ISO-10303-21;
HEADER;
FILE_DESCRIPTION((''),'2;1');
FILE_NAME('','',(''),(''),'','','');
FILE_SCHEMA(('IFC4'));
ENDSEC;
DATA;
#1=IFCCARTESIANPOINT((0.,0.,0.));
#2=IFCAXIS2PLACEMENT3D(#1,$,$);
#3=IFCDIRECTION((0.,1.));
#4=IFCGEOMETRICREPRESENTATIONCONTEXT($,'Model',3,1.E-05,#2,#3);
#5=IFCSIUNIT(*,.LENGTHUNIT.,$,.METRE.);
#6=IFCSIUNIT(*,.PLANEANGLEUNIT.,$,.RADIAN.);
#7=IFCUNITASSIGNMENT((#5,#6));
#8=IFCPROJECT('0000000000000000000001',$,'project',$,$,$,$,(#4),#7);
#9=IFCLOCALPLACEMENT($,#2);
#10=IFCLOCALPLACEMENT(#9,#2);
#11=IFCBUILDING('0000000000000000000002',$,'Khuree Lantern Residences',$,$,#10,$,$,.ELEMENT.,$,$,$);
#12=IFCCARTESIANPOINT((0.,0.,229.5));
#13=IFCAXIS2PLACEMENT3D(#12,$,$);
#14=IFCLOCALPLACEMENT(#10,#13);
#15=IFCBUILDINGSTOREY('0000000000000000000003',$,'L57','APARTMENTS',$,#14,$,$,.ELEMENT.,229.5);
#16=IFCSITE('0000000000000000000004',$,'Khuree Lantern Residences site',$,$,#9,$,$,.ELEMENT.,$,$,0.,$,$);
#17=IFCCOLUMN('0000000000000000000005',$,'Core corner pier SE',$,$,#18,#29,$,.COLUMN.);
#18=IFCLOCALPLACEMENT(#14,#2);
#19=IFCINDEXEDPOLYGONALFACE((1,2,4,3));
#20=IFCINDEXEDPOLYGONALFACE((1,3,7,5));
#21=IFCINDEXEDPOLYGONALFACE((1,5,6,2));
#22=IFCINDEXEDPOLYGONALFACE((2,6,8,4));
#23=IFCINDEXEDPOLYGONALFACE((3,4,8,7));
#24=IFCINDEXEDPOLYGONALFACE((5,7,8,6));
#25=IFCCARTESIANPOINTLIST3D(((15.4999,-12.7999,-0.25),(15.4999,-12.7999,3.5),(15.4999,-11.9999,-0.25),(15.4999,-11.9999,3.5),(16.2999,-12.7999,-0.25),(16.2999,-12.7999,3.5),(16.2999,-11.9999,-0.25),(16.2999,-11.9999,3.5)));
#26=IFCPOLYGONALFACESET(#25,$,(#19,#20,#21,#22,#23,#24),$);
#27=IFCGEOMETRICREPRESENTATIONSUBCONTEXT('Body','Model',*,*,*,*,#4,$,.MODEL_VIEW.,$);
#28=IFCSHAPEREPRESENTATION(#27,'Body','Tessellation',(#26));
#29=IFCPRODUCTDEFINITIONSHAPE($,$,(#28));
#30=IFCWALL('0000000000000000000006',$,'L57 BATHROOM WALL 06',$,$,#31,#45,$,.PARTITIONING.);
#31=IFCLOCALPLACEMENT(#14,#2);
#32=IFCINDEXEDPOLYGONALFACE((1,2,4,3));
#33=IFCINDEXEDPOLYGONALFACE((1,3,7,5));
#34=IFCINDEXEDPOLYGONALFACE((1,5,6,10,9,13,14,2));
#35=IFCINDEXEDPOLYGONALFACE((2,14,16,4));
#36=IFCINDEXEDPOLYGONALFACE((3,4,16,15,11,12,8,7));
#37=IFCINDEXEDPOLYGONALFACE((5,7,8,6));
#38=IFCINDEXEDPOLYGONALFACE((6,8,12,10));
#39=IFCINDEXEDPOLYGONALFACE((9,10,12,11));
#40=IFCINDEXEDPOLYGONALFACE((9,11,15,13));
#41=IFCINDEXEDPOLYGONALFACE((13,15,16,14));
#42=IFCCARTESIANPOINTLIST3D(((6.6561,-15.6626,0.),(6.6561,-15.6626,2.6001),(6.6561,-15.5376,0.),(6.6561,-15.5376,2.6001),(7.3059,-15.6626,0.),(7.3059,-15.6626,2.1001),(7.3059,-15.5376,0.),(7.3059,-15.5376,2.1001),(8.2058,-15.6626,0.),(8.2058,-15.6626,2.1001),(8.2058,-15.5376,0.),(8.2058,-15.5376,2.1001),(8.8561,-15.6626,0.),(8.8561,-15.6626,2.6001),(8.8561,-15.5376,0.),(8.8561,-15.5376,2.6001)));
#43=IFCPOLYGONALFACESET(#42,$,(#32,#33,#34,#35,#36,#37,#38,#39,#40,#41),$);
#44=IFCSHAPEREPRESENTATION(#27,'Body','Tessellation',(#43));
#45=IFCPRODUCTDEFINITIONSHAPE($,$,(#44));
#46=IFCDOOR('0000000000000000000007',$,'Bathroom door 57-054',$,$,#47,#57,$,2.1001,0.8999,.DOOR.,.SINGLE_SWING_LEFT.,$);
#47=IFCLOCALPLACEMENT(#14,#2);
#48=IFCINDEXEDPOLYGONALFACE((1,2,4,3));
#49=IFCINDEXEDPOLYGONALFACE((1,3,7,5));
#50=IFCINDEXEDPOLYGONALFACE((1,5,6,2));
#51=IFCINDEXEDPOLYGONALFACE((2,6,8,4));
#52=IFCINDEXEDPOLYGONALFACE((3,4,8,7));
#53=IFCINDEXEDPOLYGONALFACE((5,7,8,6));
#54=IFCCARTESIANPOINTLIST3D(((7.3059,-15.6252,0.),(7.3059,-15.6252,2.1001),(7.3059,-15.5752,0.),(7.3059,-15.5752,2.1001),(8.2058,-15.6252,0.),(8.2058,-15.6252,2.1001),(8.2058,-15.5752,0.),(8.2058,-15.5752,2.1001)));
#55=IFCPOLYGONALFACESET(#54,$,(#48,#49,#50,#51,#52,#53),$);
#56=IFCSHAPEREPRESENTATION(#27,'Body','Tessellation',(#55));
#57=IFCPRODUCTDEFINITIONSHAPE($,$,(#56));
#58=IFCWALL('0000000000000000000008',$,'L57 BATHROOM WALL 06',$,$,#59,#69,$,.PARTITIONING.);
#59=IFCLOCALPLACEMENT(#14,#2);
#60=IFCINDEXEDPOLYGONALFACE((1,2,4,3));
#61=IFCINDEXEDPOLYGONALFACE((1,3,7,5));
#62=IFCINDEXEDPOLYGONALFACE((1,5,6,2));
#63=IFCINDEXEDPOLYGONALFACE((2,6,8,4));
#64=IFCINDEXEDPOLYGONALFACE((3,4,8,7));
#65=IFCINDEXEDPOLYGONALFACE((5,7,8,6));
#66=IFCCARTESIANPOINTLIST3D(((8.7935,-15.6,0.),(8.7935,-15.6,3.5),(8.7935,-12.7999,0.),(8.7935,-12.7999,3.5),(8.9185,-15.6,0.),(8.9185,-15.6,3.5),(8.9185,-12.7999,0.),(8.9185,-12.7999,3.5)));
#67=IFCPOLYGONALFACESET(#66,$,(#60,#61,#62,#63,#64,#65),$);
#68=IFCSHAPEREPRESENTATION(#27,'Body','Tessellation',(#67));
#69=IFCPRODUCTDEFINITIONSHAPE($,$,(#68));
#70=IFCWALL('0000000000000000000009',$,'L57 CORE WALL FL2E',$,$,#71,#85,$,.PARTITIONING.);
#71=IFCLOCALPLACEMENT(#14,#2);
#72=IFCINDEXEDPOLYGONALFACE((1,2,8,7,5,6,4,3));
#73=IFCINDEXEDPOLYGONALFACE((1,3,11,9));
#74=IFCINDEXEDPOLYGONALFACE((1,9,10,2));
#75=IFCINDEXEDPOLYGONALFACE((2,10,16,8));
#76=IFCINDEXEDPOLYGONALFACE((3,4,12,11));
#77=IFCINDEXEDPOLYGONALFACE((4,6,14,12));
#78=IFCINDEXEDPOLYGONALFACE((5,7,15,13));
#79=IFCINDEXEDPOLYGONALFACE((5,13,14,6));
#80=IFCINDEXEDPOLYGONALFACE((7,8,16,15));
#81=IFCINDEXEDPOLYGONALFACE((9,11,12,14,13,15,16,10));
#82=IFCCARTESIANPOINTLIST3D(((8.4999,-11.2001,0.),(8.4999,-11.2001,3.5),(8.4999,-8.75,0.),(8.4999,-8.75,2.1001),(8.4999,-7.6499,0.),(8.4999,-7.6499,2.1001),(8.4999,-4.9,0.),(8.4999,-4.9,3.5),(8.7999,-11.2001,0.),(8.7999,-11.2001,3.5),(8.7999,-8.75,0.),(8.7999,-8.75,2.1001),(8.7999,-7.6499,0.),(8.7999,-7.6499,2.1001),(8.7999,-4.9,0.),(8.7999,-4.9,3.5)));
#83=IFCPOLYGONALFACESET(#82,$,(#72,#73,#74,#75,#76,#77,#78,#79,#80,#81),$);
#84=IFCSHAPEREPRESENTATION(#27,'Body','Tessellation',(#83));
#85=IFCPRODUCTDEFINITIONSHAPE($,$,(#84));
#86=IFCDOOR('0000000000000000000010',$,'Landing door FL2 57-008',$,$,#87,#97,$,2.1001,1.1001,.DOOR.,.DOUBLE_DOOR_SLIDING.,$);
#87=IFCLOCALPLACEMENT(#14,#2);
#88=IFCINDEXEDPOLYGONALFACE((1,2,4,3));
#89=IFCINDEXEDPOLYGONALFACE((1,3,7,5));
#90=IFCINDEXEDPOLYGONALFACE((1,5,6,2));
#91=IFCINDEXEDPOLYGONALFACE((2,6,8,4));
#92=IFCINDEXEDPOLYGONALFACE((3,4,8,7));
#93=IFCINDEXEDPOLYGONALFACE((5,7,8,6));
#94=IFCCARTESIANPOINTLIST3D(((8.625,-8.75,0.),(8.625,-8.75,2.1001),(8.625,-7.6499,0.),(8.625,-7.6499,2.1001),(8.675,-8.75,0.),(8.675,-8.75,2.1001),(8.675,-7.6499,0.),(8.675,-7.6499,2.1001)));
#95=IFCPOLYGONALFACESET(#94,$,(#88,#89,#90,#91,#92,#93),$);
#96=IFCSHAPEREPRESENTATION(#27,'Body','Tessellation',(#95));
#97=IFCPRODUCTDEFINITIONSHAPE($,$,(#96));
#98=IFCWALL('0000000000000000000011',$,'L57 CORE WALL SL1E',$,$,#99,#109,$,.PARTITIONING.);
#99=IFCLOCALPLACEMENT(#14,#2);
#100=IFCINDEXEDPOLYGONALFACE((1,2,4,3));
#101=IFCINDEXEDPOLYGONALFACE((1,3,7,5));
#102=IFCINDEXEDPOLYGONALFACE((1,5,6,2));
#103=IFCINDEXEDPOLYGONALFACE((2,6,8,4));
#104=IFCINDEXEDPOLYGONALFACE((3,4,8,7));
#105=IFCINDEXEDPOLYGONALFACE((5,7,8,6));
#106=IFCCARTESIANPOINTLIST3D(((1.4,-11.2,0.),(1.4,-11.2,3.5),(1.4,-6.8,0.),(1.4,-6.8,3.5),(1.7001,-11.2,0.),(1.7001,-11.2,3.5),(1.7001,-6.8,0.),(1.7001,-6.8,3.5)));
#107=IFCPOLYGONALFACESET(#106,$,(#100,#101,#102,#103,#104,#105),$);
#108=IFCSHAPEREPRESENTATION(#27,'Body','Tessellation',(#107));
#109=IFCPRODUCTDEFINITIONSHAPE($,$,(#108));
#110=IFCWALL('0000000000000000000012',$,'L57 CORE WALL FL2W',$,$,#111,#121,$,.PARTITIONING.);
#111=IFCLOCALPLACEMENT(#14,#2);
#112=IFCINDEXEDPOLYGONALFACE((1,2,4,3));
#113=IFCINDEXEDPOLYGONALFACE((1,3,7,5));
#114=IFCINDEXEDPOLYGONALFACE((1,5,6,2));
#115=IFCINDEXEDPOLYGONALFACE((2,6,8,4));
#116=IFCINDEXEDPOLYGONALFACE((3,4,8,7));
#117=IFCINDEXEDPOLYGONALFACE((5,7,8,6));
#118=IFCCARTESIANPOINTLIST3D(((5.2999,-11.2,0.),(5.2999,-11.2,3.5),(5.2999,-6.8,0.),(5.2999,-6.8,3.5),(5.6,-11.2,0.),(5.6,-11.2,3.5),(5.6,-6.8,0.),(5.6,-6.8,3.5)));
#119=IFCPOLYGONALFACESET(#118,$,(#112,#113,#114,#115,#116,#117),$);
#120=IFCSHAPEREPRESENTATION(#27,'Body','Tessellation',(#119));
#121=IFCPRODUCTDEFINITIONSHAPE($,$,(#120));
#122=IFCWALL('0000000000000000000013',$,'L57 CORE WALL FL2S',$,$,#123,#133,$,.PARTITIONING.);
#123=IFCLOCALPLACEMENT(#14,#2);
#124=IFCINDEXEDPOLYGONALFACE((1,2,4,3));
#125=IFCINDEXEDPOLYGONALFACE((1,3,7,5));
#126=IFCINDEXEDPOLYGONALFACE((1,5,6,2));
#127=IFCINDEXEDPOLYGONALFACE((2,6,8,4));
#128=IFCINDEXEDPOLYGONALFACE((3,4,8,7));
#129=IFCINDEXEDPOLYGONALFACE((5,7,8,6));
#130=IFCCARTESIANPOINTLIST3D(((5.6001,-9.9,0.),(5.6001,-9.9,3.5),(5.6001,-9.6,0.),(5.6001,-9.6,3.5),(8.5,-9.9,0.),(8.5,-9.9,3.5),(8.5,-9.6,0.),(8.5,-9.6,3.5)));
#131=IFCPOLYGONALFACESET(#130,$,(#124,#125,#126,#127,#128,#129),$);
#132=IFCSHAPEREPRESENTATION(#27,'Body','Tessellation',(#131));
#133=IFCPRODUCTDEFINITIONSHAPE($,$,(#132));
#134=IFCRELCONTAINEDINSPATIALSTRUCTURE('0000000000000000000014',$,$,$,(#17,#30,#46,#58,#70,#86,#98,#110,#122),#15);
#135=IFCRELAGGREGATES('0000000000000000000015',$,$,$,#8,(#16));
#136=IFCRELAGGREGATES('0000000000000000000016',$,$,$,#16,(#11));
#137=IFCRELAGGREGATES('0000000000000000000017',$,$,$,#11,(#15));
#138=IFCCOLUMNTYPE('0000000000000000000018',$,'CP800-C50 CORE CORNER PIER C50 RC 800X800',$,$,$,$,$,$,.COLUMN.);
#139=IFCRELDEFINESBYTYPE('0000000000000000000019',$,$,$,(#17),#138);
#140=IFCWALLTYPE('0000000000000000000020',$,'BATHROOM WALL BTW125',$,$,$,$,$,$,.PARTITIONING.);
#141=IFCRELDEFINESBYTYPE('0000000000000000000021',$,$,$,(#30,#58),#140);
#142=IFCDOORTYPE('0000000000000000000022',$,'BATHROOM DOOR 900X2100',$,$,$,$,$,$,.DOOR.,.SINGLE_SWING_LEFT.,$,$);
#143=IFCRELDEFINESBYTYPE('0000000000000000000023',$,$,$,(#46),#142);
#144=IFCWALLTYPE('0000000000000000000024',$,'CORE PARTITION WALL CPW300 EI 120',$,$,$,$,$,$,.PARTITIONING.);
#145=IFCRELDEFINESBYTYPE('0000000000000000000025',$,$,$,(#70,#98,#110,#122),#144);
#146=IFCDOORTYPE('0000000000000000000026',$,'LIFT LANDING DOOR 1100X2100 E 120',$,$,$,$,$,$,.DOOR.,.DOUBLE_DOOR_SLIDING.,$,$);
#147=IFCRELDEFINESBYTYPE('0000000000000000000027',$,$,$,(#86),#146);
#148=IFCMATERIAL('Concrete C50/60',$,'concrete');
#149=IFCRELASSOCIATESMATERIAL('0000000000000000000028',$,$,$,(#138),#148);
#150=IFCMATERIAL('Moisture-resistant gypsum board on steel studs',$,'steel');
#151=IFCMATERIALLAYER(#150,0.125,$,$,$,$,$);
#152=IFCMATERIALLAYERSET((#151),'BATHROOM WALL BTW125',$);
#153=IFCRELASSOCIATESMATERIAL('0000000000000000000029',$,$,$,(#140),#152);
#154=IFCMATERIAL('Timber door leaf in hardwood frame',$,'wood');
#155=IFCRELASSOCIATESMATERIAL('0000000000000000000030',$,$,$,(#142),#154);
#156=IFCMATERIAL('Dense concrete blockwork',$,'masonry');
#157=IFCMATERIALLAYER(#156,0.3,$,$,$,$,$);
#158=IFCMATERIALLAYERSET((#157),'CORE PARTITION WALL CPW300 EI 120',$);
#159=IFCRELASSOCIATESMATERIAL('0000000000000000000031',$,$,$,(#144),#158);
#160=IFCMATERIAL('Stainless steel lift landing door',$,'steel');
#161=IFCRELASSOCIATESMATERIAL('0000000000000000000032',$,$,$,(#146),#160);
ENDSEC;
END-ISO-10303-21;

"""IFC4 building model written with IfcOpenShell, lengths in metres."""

from ifc_helpers import new_model, si_unit, direction, frame, frame_2d, origin, origin_2d, place, context, subcontext, project, spatial, rectangle, extrude, material, layer, layer_set, material_profile, profile_set, type_object, element, fill, save


model = new_model("IFC4")

# Units and contexts
model_context = context("Model", 3, precision=1e-05, world=origin(), true_north=direction((0.0, 1.0)))
body_context = subcontext(model_context, "Body", "Model", "MODEL_VIEW")
ifc_project = project(units=[si_unit("LENGTHUNIT", "METRE"), si_unit("PLANEANGLEUNIT", "RADIAN")], contexts=[model_context])

# Site, building, storey
site_placement = place(None, origin())
site = spatial("IfcSite", under=ifc_project, at=site_placement, Name="Khuree Lantern Residences site", CompositionType="ELEMENT", RefElevation=0.0)
building_placement = place(site_placement, origin())
building = spatial("IfcBuilding", under=site, at=building_placement, Name="Khuree Lantern Residences", CompositionType="ELEMENT")
storey_placement = place(building_placement, frame((0.0, 0.0, 229.5)))
storey = spatial("IfcBuildingStorey", under=building, at=storey_placement, Name="L57", Description="APARTMENTS", CompositionType="ELEMENT", Elevation=229.5)

# Column
ifc_material_1 = material(Name="Concrete C50/60", Category="concrete")
ifc_material_profile = material_profile(ifc_material_1, rectangle(XDim=0.8, YDim=0.8, at=origin_2d()), Name="RC 800X800")
ifc_profile_set = profile_set([ifc_material_profile], Name="Concrete C50/60")
column_type = type_object("IfcColumnType", Name="CP800-C50 CORE CORNER PIER C50 RC 800X800", PredefinedType="COLUMN", material=ifc_profile_set)
column_placement = place(storey_placement, frame((15.8999, -12.3999, -0.25), z_axis=(0.0, 0.0, 1.0), x_axis=(1.0, 0.0, 0.0)))
element("IfcColumn", 1, at=column_placement, inside=storey, type_object=column_type, Name="Core corner pier SE", PredefinedType="COLUMN", context=body_context, shape_type="SweptSolid", body=[
    extrude(rectangle(XDim=0.8, YDim=0.8, at=origin_2d()), origin(), (0.0, 0.0, 1.0), 3.75),
])

# Wall, opening, door
ifc_material_2 = material(Name="Moisture-resistant gypsum board on steel studs", Category="steel")
ifc_layer_1 = layer(ifc_material_2, 0.125)
ifc_layer_set_1 = layer_set([ifc_layer_1], Name="BATHROOM WALL BTW125")
wall_type_1 = type_object("IfcWallType", Name="BATHROOM WALL BTW125", PredefinedType="PARTITIONING", material=ifc_layer_set_1)
wall_1_placement = place(storey_placement, frame((6.656, -15.6001, 0.0), z_axis=(0.0, 0.0, 1.0), x_axis=(1.0, 0.0, 0.0)))
wall_1 = element("IfcWall", 2, at=wall_1_placement, inside=storey, type_object=wall_type_1, Name="L57 BATHROOM WALL 06", PredefinedType="PARTITIONING", context=body_context, shape_type="SweptSolid", body=[
    extrude(rectangle(XDim=2.2, YDim=0.125, at=frame_2d((1.1001, 0.0))), origin(), (0.0, 0.0, 1.0), 2.6001),
])
opening_1_placement = place(wall_1_placement, frame((0.6499, 0.0, 0.0)))
opening_1 = element("IfcOpeningElement", 3, at=opening_1_placement, cuts=wall_1, PredefinedType="OPENING", context=body_context, shape_type="SweptSolid", body=[
    extrude(rectangle(XDim=0.8999, YDim=2.1001, at=frame_2d((0.45, 1.05))), frame((0.0, 0.0725, 0.0), z_axis=(0.0, -1.0, 0.0), x_axis=(1.0, 0.0, 0.0)), (0.0, 0.0, 1.0), 0.145),
])
ifc_material_3 = material(Name="Timber door leaf in hardwood frame", Category="wood")
door_type_1 = type_object("IfcDoorType", Name="BATHROOM DOOR 900X2100", OperationType="SINGLE_SWING_LEFT", PredefinedType="DOOR", material=ifc_material_3)
door_1_placement = place(opening_1_placement, origin())
door_1 = element("IfcDoor", 4, at=door_1_placement, inside=storey, type_object=door_type_1, Name="Bathroom door 57-054", OperationType="SINGLE_SWING_LEFT", OverallHeight=2.1001, OverallWidth=0.8999, PredefinedType="DOOR", context=body_context, shape_type="SweptSolid", body=[
    extrude(rectangle(XDim=0.8999, YDim=2.1001, at=frame_2d((0.45, 1.05))), frame((0.0, 0.0249, 0.0), z_axis=(0.0, -1.0, 0.0), x_axis=(1.0, 0.0, 0.0)), (0.0, 0.0, 1.0), 0.05),
])
fill(opening_1, door_1)

# Wall
wall_2_placement = place(storey_placement, frame((8.856, -12.8, 0.0), z_axis=(0.0, 0.0, 1.0), x_axis=(0.0, -1.0, 0.0)))
element("IfcWall", 5, at=wall_2_placement, inside=storey, type_object=wall_type_1, Name="L57 BATHROOM WALL 06", PredefinedType="PARTITIONING", context=body_context, shape_type="SweptSolid", body=[
    extrude(rectangle(XDim=2.8, YDim=0.125, at=frame_2d((1.3999, 0.0))), origin(), (0.0, 0.0, 1.0), 3.5),
])

# Wall, opening, door
ifc_material_4 = material(Name="Dense concrete blockwork", Category="masonry")
ifc_layer_2 = layer(ifc_material_4, 0.3)
ifc_layer_set_2 = layer_set([ifc_layer_2], Name="CORE PARTITION WALL CPW300 EI 120")
wall_type_2 = type_object("IfcWallType", Name="CORE PARTITION WALL CPW300 EI 120", PredefinedType="PARTITIONING", material=ifc_layer_set_2)
wall_3_placement = place(storey_placement, frame((8.6499, -11.2, 0.0), z_axis=(0.0, 0.0, 1.0), x_axis=(0.0, 1.0, 0.0)))
wall_3 = element("IfcWall", 6, at=wall_3_placement, inside=storey, type_object=wall_type_2, Name="L57 CORE WALL FL2E", PredefinedType="PARTITIONING", context=body_context, shape_type="SweptSolid", body=[
    extrude(rectangle(XDim=6.3, YDim=0.3, at=frame_2d((3.1499, 0.0))), origin(), (0.0, 0.0, 1.0), 3.5),
])
opening_2_placement = place(wall_3_placement, frame((2.45, 0.0, 0.0)))
opening_2 = element("IfcOpeningElement", 7, at=opening_2_placement, cuts=wall_3, PredefinedType="OPENING", context=body_context, shape_type="SweptSolid", body=[
    extrude(rectangle(XDim=1.1001, YDim=2.1001, at=frame_2d((0.55, 1.05))), frame((0.0, 0.1602, 0.0), z_axis=(0.0, -1.0, 0.0), x_axis=(1.0, 0.0, 0.0)), (0.0, 0.0, 1.0), 0.3201),
])
ifc_material_5 = material(Name="Stainless steel lift landing door", Category="steel")
door_type_2 = type_object("IfcDoorType", Name="LIFT LANDING DOOR 1100X2100 E 120", OperationType="DOUBLE_DOOR_SLIDING", PredefinedType="DOOR", material=ifc_material_5)
door_2_placement = place(opening_2_placement, origin())
door_2 = element("IfcDoor", 8, at=door_2_placement, inside=storey, type_object=door_type_2, Name="Landing door FL2 57-008", OperationType="DOUBLE_DOOR_SLIDING", OverallHeight=2.1001, OverallWidth=1.1001, PredefinedType="DOOR", context=body_context, shape_type="SweptSolid", body=[
    extrude(rectangle(XDim=1.1001, YDim=2.1001, at=frame_2d((0.55, 1.05))), frame((0.0, 0.0249, 0.0), z_axis=(0.0, -1.0, 0.0), x_axis=(1.0, 0.0, 0.0)), (0.0, 0.0, 1.0), 0.05),
])
fill(opening_2, door_2)

# Walls
for number, where, z_axis, x_axis, name in (
    (9, (1.55, -11.2, 0.0), (0.0, 0.0, 1.0), (0.0, 1.0, 0.0), "L57 CORE WALL SL1E"),
    (10, (5.45, -11.2, 0.0), (0.0, 0.0, 1.0), (0.0, 1.0, 0.0), "L57 CORE WALL FL2W"),
):
    element("IfcWall", number, at=place(storey_placement, frame(where, z_axis=z_axis, x_axis=x_axis)), inside=storey, type_object=wall_type_2, Name=name, PredefinedType="PARTITIONING", context=body_context, shape_type="SweptSolid", body=[
        extrude(rectangle(XDim=4.3999, YDim=0.3, at=frame_2d((2.2, 0.0))), origin(), (0.0, 0.0, 1.0), 3.5),
    ])
wall_4_placement = place(storey_placement, frame((5.6001, -9.75, 0.0), z_axis=(0.0, 0.0, 1.0), x_axis=(1.0, 0.0, 0.0)))
element("IfcWall", 11, at=wall_4_placement, inside=storey, type_object=wall_type_2, Name="L57 CORE WALL FL2S", PredefinedType="PARTITIONING", context=body_context, shape_type="SweptSolid", body=[
    extrude(rectangle(XDim=2.8999, YDim=0.3, at=frame_2d((1.45, 0.0))), origin(), (0.0, 0.0, 1.0), 3.5),
])

save(model, "model.ifc")
